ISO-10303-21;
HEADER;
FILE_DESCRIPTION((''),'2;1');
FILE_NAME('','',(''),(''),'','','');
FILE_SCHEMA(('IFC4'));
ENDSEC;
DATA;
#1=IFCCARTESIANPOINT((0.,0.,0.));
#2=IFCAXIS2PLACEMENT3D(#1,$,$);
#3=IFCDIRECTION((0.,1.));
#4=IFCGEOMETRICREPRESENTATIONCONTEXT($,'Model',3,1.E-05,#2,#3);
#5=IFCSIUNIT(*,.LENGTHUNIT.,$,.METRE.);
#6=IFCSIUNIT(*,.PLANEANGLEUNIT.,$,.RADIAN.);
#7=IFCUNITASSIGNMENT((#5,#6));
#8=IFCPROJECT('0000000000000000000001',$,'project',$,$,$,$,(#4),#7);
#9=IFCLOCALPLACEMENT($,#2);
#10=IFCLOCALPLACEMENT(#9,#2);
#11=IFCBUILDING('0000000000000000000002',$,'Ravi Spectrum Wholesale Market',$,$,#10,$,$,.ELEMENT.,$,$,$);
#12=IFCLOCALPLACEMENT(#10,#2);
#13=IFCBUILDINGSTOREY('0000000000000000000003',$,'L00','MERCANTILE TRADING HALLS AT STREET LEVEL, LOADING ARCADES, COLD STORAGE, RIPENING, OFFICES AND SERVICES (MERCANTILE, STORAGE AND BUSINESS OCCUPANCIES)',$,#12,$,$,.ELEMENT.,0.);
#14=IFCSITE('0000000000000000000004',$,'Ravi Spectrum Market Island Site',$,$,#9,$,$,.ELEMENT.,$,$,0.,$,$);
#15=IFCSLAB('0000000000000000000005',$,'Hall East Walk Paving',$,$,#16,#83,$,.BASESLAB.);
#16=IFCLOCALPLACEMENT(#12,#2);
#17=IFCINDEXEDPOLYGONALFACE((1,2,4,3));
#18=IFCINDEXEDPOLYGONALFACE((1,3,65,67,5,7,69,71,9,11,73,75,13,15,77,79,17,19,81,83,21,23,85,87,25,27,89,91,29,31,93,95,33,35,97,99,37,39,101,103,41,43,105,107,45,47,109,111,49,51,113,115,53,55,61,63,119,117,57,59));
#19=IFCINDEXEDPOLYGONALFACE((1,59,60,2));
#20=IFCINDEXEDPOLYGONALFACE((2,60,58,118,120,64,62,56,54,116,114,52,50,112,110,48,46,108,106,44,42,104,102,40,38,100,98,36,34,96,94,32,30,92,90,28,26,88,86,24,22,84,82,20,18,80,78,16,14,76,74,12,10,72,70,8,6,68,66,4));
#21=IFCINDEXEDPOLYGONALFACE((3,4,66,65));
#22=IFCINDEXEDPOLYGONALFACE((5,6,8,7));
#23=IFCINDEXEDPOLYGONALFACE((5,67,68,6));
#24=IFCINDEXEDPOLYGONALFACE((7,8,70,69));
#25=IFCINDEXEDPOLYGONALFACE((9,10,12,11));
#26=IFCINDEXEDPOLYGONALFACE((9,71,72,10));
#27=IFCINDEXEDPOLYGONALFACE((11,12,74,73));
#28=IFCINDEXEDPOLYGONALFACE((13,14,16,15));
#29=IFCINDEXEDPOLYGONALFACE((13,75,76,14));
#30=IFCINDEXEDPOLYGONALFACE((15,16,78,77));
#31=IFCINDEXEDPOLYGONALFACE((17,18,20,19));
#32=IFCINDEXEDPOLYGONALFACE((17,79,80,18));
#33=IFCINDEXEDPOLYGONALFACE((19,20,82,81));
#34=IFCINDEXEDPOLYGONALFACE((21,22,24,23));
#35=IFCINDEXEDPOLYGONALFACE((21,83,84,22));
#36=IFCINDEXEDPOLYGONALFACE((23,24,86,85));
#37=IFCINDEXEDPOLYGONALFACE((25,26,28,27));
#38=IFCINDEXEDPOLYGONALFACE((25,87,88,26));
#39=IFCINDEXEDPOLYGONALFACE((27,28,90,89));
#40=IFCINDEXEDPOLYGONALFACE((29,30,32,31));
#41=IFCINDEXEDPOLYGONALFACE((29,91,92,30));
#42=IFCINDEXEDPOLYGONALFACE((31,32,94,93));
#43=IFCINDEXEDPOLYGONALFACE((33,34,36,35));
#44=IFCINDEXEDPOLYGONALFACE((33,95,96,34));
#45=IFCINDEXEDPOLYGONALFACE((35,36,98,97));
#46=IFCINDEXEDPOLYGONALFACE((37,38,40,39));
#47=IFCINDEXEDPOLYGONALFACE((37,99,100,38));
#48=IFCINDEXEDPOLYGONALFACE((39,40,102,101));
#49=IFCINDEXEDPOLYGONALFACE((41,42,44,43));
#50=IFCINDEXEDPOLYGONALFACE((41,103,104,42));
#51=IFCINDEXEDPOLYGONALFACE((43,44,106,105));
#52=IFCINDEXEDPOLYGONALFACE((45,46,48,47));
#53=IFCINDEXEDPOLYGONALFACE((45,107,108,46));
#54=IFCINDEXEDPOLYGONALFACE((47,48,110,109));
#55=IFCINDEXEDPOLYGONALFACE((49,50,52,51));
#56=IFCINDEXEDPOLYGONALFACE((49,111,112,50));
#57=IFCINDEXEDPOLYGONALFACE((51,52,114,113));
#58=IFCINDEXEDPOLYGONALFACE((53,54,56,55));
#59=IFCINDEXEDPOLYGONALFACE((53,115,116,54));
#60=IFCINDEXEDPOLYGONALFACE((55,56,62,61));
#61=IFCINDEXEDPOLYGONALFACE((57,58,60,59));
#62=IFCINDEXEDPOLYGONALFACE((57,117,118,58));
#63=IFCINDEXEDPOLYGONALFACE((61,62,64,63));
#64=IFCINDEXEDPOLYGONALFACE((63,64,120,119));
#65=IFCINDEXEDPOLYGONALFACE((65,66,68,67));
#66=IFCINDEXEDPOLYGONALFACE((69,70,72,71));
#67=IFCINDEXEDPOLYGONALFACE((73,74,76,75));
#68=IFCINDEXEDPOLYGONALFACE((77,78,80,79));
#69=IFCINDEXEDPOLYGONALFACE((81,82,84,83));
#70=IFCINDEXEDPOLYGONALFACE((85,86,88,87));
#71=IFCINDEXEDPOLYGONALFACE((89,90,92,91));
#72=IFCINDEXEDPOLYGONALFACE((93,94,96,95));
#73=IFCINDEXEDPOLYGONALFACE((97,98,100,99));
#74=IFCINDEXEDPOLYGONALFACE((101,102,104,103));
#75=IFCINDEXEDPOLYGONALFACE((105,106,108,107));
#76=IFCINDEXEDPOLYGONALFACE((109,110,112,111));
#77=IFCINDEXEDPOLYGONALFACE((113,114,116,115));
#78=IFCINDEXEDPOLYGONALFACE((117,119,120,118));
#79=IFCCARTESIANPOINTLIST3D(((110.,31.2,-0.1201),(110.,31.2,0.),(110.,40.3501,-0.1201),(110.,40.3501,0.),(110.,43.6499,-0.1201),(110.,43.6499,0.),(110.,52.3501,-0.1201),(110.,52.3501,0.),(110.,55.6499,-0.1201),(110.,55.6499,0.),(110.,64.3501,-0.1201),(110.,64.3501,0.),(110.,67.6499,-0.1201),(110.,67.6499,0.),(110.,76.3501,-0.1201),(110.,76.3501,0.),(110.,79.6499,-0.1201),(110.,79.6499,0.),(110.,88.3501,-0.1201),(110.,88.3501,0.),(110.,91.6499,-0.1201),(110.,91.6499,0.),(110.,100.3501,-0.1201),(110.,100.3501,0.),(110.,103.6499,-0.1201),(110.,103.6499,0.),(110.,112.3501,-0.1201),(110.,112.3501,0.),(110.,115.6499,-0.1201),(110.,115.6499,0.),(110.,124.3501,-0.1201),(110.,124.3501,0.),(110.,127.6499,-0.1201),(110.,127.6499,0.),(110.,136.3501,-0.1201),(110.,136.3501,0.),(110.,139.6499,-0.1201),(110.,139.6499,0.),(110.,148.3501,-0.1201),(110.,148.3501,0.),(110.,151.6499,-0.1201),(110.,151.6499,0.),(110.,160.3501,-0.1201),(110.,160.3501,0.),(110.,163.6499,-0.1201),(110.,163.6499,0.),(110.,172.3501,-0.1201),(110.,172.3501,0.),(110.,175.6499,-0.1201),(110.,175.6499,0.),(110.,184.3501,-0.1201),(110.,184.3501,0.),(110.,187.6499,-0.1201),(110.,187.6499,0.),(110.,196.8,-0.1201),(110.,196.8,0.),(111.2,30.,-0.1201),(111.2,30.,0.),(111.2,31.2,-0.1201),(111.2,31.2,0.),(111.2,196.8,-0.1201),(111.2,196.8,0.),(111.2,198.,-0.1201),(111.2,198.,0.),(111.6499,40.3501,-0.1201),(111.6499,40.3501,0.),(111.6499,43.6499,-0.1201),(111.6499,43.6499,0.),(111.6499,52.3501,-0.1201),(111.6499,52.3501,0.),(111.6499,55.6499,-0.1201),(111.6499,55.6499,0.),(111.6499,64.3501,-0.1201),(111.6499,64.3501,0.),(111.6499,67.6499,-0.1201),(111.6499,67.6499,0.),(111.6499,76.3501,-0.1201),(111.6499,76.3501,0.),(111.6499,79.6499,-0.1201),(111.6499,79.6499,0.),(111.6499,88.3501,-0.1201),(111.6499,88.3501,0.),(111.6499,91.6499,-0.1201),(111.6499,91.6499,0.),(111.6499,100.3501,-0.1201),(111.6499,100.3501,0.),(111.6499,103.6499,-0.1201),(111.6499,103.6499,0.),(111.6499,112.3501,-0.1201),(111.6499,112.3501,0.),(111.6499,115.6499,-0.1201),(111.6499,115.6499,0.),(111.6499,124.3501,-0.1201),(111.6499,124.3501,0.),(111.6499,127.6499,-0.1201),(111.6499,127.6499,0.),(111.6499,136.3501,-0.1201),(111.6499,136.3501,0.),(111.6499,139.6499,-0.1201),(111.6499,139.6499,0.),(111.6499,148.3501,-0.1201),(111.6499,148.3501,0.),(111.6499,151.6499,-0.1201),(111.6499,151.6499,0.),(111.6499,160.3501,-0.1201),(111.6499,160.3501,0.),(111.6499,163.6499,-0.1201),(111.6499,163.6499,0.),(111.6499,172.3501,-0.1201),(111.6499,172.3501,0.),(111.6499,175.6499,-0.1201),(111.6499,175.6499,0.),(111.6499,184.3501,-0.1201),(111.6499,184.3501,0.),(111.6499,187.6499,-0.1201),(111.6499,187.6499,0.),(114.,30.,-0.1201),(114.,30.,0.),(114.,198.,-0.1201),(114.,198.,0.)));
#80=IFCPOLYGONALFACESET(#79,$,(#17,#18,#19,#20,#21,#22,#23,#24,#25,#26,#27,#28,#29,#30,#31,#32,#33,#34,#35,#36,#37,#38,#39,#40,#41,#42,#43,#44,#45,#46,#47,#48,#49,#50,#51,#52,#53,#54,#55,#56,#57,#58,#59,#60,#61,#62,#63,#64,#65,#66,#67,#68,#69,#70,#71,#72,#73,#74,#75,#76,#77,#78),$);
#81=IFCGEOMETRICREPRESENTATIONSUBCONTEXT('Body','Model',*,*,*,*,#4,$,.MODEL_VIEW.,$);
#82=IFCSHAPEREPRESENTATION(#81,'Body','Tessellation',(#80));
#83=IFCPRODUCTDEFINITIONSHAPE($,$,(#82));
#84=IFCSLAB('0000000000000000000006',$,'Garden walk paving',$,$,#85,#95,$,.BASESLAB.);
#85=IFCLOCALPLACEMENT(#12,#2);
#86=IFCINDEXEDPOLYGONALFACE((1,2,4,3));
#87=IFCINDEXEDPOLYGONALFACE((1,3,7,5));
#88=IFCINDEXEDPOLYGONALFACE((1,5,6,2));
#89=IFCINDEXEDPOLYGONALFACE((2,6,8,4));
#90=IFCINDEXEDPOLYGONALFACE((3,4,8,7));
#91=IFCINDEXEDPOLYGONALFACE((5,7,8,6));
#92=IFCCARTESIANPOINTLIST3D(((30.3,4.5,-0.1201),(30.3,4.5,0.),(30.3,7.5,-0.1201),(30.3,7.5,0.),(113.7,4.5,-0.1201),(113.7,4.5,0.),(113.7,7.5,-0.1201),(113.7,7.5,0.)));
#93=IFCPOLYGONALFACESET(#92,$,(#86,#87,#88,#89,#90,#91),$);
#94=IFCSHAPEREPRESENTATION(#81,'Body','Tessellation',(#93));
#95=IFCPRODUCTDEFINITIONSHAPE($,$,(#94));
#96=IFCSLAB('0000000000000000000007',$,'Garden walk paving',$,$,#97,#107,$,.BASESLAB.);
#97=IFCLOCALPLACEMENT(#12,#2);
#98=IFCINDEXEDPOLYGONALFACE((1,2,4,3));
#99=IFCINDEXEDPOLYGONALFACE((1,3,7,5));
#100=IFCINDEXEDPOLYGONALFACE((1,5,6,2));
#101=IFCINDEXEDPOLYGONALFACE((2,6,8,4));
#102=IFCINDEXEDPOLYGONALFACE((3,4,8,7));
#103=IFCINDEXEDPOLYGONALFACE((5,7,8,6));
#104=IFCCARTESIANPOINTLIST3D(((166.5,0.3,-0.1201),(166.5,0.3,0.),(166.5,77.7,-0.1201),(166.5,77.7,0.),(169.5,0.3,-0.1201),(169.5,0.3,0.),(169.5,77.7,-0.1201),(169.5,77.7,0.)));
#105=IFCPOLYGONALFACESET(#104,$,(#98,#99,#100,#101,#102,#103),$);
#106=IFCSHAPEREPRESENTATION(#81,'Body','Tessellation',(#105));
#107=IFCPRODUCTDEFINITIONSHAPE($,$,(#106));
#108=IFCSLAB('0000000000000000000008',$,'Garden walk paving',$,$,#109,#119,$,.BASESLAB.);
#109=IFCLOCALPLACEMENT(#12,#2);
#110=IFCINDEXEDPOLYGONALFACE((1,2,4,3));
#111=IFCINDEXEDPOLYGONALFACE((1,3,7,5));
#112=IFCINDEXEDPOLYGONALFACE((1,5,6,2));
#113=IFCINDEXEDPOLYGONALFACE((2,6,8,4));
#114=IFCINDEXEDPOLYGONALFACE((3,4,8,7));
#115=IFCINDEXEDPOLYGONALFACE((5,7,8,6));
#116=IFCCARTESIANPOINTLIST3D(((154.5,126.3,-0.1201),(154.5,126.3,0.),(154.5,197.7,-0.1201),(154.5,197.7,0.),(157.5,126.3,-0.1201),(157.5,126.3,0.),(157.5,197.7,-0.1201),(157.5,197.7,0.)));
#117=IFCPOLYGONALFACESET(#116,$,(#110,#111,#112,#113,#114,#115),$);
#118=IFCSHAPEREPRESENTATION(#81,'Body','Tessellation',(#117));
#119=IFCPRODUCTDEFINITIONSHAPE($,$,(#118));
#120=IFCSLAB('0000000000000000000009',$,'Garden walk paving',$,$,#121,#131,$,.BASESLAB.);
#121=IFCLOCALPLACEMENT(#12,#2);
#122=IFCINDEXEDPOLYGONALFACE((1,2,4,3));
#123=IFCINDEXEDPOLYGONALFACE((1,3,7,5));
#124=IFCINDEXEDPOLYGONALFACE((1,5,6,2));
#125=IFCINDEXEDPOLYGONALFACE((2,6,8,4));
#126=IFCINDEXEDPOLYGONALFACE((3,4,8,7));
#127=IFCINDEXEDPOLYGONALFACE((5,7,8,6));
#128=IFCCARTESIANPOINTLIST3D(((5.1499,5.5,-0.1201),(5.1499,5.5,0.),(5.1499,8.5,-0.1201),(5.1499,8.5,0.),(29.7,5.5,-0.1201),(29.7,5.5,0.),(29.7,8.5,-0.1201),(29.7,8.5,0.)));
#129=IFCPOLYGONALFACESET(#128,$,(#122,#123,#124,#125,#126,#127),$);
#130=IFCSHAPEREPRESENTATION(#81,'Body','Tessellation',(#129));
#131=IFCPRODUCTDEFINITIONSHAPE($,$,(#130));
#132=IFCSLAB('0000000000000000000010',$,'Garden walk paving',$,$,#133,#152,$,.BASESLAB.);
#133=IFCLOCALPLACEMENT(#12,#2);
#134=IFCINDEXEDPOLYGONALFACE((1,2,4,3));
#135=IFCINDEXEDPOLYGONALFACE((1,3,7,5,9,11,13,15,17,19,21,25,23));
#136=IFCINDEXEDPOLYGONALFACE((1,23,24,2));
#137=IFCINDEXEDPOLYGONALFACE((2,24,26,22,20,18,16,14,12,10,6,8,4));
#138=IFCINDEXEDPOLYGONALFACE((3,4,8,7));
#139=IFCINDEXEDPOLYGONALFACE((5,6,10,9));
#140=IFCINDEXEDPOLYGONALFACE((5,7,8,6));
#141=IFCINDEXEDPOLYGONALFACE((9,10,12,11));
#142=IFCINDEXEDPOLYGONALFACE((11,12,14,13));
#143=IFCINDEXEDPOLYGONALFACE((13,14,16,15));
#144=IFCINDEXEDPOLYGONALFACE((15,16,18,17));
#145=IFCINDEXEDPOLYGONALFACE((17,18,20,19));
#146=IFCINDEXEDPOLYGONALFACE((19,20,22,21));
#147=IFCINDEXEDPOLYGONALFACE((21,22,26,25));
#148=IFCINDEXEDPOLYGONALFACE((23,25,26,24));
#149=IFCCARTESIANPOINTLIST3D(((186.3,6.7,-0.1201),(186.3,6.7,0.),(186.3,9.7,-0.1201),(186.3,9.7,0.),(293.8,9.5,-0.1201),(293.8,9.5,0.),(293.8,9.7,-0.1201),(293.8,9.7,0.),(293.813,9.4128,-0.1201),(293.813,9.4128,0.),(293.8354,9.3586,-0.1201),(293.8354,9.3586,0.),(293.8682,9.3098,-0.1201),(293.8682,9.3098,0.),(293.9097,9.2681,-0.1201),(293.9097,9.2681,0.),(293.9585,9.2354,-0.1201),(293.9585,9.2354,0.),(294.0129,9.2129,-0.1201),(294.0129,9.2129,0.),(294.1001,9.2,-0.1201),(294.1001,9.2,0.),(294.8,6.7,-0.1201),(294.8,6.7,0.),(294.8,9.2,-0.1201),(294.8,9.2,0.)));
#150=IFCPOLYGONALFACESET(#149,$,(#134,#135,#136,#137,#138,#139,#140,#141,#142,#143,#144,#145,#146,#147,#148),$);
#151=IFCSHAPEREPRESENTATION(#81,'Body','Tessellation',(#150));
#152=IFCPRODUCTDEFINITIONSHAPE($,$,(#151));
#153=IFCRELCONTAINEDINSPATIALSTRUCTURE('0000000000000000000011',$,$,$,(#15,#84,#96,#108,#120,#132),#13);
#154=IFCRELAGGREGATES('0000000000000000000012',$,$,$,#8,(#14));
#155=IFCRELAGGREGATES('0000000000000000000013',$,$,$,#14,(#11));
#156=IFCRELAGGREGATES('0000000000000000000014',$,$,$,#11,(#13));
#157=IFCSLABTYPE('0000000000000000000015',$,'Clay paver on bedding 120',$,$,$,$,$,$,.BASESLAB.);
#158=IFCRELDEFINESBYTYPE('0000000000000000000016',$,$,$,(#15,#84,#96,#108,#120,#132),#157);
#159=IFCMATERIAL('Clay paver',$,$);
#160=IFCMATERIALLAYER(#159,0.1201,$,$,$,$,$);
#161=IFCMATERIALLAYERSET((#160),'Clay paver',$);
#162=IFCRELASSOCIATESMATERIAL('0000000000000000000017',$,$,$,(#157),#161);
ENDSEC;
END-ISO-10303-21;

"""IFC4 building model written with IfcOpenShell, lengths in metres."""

from ifc_helpers import new_model, si_unit, direction, frame, origin, place, context, subcontext, project, spatial, polyline, outline, extrude, material, layer, layer_set, type_object, element, save


model = new_model("IFC4")

# Units and contexts
model_context = context("Model", 3, precision=1e-05, world=origin(), true_north=direction((0.0, 1.0)))
body_context = subcontext(model_context, "Body", "Model", "MODEL_VIEW")
ifc_project = project(units=[si_unit("LENGTHUNIT", "METRE"), si_unit("PLANEANGLEUNIT", "RADIAN")], contexts=[model_context])

# Site, building, storey
site_placement = place(None, origin())
site = spatial("IfcSite", under=ifc_project, at=site_placement, Name="Ravi Spectrum Market Island Site", CompositionType="ELEMENT", RefElevation=0.0)
building_placement = place(site_placement, origin())
building = spatial("IfcBuilding", under=site, at=building_placement, Name="Ravi Spectrum Wholesale Market", CompositionType="ELEMENT")
storey_placement = place(building_placement, origin())
storey = spatial("IfcBuildingStorey", under=building, at=storey_placement, Name="L00", Description="MERCANTILE TRADING HALLS AT STREET LEVEL, LOADING ARCADES, COLD STORAGE, RIPENING, OFFICES AND SERVICES (MERCANTILE, STORAGE AND BUSINESS OCCUPANCIES)", CompositionType="ELEMENT", Elevation=0.0)

# Slabs
ifc_material_1 = material(Name="Clay paver")
ifc_layer_1 = layer(ifc_material_1, 0.1201)
ifc_layer_set_1 = layer_set([ifc_layer_1], Name="Clay paver")
slab_type_1 = type_object("IfcSlabType", Name="Clay paver on bedding 120", PredefinedType="BASESLAB", material=ifc_layer_set_1)
slab_1_placement = place(storey_placement, frame((0.0, 0.0, -0.1201)))
element("IfcSlab", 1, at=slab_1_placement, inside=storey, type_object=slab_type_1, Name="Hall East Walk Paving", PredefinedType="BASESLAB", context=body_context, shape_type="SweptSolid", body=[
    extrude(outline(polyline([(110.0, 64.3501), (110.0, 55.6499), (111.6499, 55.6499), (111.6499, 52.3501), (110.0, 52.3501), (110.0, 43.6499), (111.6499, 43.6499), (111.6499, 40.3501), (110.0, 40.3501), (110.0, 31.2), (111.2, 31.2), (111.2, 30.0), (114.0, 30.0), (114.0, 198.0), (111.2, 198.0), (111.2, 196.8), (110.0, 196.8), (110.0, 187.6499), (111.6499, 187.6499), (111.6499, 184.3501), (110.0, 184.3501), (110.0, 175.6499), (111.6499, 175.6499), (111.6499, 172.3501), (110.0, 172.3501), (110.0, 163.6499), (111.6499, 163.6499), (111.6499, 160.3501), (110.0, 160.3501), (110.0, 151.6499), (111.6499, 151.6499), (111.6499, 148.3501), (110.0, 148.3501), (110.0, 139.6499), (111.6499, 139.6499), (111.6499, 136.3501), (110.0, 136.3501), (110.0, 127.6499), (111.6499, 127.6499), (111.6499, 124.3501), (110.0, 124.3501), (110.0, 115.6499), (111.6499, 115.6499), (111.6499, 112.3501), (110.0, 112.3501), (110.0, 103.6499), (111.6499, 103.6499), (111.6499, 100.3501), (110.0, 100.3501), (110.0, 91.6499), (111.6499, 91.6499), (111.6499, 88.3501), (110.0, 88.3501), (110.0, 79.6499), (111.6499, 79.6499), (111.6499, 76.3501), (110.0, 76.3501), (110.0, 67.6499), (111.6499, 67.6499), (111.6499, 64.3501), (110.0, 64.3501)])), origin(), (0.0, 0.0, 1.0), 0.1201),
])
slab_2_placement = place(storey_placement, frame((0.0, 0.0, -0.1201)))
element("IfcSlab", 2, at=slab_2_placement, inside=storey, type_object=slab_type_1, Name="Garden walk paving", PredefinedType="BASESLAB", context=body_context, shape_type="SweptSolid", body=[
    extrude(outline(polyline([(30.3, 7.5), (30.3, 4.5), (113.7, 4.5), (113.7, 7.5), (30.3, 7.5)])), origin(), (0.0, 0.0, 1.0), 0.1201),
])
slab_3_placement = place(storey_placement, frame((0.0, 0.0, -0.1201)))
element("IfcSlab", 3, at=slab_3_placement, inside=storey, type_object=slab_type_1, Name="Garden walk paving", PredefinedType="BASESLAB", context=body_context, shape_type="SweptSolid", body=[
    extrude(outline(polyline([(169.5, 77.7), (166.5, 77.7), (166.5, 0.3), (169.5, 0.3), (169.5, 77.7)])), origin(), (0.0, 0.0, 1.0), 0.1201),
])
slab_4_placement = place(storey_placement, frame((0.0, 0.0, -0.1201)))
element("IfcSlab", 4, at=slab_4_placement, inside=storey, type_object=slab_type_1, Name="Garden walk paving", PredefinedType="BASESLAB", context=body_context, shape_type="SweptSolid", body=[
    extrude(outline(polyline([(157.5, 197.7), (154.5, 197.7), (154.5, 126.3), (157.5, 126.3), (157.5, 197.7)])), origin(), (0.0, 0.0, 1.0), 0.1201),
])
slab_5_placement = place(storey_placement, frame((0.0, 0.0, -0.1201)))
element("IfcSlab", 5, at=slab_5_placement, inside=storey, type_object=slab_type_1, Name="Garden walk paving", PredefinedType="BASESLAB", context=body_context, shape_type="SweptSolid", body=[
    extrude(outline(polyline([(5.1499, 8.5), (5.1499, 5.5), (29.7, 5.5), (29.7, 8.5), (5.1499, 8.5)])), origin(), (0.0, 0.0, 1.0), 0.1201),
])
slab_6_placement = place(storey_placement, frame((0.0, 0.0, -0.1201)))
element("IfcSlab", 6, at=slab_6_placement, inside=storey, type_object=slab_type_1, Name="Garden walk paving", PredefinedType="BASESLAB", context=body_context, shape_type="SweptSolid", body=[
    extrude(outline(polyline([(186.3, 9.7), (186.3, 6.7), (294.8, 6.7), (294.8, 9.2), (294.1001, 9.2), (294.0129, 9.2129), (293.9585, 9.2354), (293.9097, 9.2681), (293.8682, 9.3098), (293.8354, 9.3586), (293.813, 9.4128), (293.8, 9.5), (293.8, 9.7), (186.3, 9.7)])), origin(), (0.0, 0.0, 1.0), 0.1201),
])

save(model, "model.ifc")
